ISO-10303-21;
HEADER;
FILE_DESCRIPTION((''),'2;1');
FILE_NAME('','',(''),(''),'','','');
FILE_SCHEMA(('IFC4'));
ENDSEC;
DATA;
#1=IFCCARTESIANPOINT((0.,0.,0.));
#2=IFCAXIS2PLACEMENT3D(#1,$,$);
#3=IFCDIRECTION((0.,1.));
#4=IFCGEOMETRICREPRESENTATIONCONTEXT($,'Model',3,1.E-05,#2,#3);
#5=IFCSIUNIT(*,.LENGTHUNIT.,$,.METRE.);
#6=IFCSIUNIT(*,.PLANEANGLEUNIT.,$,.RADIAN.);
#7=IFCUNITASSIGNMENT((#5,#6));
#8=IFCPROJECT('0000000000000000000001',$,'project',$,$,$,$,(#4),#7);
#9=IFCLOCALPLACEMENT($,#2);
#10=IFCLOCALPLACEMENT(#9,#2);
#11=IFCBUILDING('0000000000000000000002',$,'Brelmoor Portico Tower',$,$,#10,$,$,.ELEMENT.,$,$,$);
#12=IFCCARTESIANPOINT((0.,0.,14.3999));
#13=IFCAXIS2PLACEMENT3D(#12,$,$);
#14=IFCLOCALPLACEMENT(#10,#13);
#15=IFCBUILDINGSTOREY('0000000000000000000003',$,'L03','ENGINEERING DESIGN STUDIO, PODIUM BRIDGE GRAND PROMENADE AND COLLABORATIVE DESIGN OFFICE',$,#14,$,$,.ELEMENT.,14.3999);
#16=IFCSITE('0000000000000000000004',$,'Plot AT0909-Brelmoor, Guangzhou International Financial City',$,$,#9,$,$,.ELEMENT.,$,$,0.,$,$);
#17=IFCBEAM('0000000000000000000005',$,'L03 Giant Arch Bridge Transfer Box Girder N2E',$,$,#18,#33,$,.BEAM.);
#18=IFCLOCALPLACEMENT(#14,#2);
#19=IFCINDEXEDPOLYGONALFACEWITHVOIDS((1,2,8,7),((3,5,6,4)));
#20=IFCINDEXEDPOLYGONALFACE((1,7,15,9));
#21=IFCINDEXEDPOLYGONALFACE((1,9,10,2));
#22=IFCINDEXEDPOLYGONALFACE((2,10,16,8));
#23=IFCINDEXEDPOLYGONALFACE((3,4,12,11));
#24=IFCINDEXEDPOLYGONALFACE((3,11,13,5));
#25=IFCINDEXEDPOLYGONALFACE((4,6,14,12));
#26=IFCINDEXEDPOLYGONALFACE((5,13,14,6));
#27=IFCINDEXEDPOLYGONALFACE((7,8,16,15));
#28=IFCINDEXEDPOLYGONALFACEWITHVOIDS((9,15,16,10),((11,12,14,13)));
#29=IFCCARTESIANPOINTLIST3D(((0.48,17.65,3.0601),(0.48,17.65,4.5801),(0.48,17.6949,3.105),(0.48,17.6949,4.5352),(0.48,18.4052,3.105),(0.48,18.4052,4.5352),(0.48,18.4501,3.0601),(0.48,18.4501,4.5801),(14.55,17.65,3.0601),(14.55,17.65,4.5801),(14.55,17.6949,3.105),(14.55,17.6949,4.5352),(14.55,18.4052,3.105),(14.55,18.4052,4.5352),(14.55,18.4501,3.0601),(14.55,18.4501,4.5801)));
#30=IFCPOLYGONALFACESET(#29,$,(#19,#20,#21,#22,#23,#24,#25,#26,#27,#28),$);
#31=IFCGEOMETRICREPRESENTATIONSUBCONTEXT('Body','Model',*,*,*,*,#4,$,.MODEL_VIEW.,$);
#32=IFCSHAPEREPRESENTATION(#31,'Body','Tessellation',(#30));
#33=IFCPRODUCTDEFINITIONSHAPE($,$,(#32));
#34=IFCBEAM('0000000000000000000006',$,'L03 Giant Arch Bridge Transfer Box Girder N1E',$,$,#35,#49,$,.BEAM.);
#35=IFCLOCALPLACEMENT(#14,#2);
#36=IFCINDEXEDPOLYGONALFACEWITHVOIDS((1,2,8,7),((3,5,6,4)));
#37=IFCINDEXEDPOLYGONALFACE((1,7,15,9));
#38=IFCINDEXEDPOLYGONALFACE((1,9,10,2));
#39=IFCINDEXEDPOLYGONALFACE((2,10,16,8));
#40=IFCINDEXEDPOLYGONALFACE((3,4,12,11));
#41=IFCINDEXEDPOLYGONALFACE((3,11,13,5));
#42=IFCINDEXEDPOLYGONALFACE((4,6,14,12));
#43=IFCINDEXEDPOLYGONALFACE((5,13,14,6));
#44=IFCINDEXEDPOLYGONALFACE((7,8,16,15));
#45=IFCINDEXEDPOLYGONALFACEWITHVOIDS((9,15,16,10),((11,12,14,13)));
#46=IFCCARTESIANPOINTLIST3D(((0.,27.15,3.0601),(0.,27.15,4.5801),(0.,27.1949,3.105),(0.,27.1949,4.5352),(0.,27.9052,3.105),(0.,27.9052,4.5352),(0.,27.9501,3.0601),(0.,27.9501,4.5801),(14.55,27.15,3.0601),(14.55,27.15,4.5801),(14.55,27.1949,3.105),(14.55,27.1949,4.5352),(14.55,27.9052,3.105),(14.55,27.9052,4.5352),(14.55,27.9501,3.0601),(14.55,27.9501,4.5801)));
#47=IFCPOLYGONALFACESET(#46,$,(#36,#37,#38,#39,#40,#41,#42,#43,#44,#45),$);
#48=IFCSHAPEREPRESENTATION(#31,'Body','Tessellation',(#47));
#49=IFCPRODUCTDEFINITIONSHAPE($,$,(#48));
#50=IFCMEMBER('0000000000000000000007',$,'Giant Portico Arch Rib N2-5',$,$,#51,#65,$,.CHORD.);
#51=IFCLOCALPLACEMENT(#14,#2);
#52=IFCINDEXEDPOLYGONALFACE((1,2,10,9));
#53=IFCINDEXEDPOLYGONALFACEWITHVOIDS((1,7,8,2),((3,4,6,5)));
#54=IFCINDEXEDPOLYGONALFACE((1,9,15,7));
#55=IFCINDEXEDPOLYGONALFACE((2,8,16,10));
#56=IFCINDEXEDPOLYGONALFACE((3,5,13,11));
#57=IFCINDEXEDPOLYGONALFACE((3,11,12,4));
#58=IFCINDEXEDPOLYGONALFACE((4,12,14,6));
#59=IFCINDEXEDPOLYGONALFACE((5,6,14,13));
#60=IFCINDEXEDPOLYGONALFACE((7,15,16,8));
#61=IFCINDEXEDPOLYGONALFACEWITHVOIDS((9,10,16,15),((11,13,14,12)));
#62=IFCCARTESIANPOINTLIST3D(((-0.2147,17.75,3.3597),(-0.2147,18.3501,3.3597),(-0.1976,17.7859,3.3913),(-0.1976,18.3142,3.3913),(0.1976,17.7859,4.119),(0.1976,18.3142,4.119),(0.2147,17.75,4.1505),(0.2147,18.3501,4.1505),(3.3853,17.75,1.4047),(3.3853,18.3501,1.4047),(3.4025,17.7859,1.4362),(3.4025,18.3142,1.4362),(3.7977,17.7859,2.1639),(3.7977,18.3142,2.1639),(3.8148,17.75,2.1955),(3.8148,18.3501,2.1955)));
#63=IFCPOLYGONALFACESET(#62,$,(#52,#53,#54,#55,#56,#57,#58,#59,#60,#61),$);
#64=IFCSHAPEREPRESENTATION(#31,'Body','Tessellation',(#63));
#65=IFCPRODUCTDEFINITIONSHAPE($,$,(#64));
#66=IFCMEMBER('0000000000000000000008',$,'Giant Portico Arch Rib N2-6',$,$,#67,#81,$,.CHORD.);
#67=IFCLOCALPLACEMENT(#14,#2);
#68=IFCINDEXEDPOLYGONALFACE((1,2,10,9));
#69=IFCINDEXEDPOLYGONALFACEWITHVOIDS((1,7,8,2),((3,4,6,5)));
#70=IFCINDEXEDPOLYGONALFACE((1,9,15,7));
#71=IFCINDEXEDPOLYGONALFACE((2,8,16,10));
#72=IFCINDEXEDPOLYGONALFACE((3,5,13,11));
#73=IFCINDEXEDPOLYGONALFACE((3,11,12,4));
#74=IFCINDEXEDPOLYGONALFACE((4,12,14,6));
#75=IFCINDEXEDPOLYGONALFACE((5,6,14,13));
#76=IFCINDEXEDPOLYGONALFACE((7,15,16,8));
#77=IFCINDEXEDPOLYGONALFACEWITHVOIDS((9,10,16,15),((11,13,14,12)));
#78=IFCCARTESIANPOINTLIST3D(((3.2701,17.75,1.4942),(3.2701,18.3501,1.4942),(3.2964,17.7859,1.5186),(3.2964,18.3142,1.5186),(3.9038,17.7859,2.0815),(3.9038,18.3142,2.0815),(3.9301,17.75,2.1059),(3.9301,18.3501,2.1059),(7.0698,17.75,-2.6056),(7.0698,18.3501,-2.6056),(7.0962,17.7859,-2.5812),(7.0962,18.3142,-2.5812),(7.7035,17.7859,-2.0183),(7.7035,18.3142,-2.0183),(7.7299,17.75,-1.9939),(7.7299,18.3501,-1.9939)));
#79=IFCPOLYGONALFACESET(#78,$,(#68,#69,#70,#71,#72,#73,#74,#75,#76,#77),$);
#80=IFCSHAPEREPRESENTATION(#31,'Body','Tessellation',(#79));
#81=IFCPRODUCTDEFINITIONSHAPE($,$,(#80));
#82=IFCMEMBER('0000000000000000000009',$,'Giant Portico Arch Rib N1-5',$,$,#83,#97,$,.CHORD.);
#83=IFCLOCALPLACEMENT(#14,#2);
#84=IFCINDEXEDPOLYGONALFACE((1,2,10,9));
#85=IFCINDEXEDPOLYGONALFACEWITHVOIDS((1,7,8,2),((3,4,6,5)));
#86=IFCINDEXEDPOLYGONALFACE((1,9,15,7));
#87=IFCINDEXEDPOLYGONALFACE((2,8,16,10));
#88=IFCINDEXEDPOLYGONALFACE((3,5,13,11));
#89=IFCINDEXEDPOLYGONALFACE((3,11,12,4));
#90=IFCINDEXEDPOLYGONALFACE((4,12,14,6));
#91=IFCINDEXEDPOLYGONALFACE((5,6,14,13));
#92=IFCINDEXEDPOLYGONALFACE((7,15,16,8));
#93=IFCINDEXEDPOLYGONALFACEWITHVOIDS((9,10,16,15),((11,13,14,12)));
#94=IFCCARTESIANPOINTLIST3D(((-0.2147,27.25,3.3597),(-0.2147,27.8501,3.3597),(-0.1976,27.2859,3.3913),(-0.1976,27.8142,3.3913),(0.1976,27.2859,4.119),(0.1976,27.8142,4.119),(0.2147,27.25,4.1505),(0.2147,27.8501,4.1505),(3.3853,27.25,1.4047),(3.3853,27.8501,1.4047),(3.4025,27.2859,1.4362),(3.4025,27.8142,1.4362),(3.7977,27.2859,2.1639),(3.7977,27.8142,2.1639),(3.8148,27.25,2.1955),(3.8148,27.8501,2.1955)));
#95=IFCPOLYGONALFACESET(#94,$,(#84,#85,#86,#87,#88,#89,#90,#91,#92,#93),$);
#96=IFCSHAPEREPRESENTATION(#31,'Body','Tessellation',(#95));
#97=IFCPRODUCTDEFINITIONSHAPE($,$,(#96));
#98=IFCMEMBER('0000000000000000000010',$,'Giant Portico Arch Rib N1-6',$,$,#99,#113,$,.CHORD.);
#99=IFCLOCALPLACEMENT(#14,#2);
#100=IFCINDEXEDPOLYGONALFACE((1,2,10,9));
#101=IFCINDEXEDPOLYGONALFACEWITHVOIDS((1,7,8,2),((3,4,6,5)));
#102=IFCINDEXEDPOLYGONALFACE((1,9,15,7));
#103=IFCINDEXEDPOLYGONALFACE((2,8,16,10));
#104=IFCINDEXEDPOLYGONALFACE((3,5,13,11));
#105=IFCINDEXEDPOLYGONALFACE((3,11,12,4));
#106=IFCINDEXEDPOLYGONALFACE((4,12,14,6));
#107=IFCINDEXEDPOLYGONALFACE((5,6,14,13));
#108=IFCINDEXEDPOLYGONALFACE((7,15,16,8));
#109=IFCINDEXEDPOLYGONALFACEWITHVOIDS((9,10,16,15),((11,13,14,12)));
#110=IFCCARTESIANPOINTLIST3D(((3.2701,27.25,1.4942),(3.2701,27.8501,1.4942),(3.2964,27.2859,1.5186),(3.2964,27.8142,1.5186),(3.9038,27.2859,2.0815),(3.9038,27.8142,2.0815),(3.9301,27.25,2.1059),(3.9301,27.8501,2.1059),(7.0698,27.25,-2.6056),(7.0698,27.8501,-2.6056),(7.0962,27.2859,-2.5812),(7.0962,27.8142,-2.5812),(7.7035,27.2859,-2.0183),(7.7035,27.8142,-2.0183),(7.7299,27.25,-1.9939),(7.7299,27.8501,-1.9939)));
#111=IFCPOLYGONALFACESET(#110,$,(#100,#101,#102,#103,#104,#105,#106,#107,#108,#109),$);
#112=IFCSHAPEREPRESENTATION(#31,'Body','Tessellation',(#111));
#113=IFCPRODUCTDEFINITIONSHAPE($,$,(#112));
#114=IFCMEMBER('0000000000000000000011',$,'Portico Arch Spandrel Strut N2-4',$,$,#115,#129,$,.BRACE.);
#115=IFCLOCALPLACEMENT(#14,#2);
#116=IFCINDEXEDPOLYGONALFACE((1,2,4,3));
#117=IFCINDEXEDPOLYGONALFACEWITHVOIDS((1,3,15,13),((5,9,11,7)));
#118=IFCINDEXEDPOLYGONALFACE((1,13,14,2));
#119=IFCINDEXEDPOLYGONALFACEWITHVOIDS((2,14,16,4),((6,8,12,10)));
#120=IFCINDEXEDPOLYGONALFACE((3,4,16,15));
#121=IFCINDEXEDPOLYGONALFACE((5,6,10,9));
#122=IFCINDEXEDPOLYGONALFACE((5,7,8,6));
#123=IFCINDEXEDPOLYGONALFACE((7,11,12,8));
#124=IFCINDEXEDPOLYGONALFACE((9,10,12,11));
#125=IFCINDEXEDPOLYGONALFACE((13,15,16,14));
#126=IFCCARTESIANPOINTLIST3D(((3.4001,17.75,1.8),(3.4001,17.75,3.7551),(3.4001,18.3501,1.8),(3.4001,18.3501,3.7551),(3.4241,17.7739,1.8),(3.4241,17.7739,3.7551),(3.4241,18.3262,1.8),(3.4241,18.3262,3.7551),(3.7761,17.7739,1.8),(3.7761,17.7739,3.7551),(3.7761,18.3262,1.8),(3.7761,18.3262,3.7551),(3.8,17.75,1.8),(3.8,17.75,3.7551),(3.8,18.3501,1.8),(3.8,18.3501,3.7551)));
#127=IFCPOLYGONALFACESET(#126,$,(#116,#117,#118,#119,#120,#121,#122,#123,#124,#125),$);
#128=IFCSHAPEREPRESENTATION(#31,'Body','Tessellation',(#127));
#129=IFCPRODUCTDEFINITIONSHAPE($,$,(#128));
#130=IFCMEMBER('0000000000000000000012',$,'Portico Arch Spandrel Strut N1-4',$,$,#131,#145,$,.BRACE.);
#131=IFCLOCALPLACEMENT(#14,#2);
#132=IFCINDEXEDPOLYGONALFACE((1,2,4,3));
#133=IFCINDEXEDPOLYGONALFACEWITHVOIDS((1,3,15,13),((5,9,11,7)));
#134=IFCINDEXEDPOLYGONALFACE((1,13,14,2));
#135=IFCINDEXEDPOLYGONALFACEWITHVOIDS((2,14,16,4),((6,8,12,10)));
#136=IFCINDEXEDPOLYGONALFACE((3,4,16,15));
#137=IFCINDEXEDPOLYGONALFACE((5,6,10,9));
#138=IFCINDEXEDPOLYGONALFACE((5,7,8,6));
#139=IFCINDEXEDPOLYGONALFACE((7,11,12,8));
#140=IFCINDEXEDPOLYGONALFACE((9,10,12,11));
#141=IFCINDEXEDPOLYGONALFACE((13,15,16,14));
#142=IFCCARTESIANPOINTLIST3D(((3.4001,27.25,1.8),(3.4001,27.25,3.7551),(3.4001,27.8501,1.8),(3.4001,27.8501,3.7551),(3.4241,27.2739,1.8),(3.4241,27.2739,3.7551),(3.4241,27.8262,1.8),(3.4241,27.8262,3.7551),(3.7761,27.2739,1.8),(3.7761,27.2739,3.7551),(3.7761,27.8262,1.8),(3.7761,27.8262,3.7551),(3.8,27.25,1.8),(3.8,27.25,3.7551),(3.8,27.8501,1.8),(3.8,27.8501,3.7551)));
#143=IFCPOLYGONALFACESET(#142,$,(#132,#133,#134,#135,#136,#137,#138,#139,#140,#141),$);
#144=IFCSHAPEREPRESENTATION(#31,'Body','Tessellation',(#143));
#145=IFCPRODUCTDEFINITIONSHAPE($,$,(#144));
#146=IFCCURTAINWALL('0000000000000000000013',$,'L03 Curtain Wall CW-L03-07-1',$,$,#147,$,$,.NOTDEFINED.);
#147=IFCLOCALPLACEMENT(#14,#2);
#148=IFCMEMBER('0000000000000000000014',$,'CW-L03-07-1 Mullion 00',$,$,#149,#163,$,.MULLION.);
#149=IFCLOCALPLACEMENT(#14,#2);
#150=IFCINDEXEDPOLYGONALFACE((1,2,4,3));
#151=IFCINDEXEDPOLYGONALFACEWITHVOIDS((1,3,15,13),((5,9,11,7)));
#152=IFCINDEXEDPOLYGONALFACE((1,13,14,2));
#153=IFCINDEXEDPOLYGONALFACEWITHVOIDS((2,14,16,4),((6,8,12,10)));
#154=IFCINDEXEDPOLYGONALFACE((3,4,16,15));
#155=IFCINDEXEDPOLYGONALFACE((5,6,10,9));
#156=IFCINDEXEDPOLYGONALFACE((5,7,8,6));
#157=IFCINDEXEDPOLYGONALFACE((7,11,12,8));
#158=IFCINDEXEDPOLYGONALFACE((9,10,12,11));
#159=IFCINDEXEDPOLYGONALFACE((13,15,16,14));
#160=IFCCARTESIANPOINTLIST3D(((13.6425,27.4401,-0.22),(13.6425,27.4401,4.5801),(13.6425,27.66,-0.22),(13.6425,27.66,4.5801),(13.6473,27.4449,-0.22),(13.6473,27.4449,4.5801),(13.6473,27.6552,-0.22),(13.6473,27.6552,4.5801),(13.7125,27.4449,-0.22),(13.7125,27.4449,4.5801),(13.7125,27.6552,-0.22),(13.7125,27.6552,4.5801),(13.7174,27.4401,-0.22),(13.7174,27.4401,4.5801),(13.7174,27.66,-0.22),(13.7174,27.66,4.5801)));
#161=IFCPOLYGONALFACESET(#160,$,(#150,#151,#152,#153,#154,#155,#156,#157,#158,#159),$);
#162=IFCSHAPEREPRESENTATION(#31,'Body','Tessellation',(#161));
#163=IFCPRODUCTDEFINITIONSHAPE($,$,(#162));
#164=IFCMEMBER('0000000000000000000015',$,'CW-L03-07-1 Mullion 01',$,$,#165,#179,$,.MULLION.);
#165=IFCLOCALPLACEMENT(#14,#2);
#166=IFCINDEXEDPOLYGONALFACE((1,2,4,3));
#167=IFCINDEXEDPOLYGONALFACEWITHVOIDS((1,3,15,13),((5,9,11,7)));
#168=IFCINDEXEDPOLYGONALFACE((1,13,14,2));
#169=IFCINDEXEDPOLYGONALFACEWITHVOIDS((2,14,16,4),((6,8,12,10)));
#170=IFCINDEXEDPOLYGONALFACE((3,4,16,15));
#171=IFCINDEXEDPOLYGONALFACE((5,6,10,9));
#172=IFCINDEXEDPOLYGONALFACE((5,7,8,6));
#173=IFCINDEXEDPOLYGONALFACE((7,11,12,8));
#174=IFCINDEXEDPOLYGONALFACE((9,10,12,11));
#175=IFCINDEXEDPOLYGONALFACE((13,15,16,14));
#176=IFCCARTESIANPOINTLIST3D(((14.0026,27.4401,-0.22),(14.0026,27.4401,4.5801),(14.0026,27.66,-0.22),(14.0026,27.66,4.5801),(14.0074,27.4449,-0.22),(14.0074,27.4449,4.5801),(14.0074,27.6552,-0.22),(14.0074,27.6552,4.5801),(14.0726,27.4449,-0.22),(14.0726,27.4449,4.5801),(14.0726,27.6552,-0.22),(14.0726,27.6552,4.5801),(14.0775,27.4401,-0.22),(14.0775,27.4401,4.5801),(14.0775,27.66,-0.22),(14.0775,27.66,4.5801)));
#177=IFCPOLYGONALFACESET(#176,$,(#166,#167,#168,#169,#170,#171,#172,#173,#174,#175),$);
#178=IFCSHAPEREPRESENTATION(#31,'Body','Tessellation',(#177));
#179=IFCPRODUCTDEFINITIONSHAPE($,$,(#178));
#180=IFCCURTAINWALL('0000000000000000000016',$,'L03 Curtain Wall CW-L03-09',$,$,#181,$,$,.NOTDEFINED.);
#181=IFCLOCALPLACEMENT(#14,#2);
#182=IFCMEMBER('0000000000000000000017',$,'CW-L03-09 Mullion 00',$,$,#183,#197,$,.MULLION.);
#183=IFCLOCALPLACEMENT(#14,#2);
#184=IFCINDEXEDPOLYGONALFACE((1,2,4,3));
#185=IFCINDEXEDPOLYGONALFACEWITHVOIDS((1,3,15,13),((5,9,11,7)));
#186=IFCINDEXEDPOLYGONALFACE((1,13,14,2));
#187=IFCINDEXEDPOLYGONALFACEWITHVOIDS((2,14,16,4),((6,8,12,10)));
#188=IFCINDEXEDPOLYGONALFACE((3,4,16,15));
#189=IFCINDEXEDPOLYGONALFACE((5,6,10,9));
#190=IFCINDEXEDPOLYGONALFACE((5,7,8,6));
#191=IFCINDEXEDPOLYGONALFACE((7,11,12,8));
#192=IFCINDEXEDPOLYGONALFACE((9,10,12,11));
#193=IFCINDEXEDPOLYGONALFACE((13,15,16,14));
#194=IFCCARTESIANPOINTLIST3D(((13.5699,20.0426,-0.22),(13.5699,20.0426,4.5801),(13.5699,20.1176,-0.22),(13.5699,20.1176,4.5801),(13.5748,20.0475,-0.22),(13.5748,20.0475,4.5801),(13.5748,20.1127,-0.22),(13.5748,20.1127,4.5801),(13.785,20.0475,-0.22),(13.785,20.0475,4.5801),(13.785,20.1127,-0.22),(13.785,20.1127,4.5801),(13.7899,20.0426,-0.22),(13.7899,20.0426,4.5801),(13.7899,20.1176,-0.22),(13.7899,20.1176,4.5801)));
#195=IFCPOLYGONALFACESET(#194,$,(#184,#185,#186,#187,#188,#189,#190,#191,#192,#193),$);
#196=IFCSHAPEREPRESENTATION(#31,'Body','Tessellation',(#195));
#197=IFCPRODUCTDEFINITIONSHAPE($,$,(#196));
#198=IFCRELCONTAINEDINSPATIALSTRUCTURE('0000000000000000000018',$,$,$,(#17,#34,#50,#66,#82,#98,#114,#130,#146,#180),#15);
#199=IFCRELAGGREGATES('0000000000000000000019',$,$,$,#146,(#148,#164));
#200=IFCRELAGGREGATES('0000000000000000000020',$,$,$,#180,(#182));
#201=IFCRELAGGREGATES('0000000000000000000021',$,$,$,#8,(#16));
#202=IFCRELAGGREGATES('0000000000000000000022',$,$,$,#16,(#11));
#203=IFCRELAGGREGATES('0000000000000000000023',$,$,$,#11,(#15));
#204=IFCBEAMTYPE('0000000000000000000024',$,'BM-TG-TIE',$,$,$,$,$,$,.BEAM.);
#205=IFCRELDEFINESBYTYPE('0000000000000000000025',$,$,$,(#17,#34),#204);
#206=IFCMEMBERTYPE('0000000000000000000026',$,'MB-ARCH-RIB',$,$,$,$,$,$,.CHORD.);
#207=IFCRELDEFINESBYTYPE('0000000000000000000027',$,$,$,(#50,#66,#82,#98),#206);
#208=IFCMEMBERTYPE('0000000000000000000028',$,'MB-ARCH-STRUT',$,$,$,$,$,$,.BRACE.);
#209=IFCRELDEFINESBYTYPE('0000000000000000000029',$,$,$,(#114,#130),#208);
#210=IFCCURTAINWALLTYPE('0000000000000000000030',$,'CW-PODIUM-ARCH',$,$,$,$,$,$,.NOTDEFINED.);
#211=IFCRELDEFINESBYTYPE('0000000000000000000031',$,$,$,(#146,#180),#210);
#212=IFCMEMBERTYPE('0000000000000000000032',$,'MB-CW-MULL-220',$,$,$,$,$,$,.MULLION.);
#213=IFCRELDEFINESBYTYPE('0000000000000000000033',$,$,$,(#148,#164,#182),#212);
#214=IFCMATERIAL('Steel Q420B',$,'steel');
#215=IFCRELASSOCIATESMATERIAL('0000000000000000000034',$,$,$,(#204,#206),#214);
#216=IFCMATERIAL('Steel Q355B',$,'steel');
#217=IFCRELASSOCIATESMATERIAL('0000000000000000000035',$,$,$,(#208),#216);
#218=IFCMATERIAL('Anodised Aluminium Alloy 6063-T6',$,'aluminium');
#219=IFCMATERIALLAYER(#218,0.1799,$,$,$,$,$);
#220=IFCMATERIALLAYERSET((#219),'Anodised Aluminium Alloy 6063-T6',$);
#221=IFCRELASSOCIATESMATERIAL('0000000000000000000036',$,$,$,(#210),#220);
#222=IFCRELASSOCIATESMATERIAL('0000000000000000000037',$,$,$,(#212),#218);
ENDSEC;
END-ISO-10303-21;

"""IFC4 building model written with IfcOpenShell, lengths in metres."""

from ifc_helpers import new_model, si_unit, direction, frame, origin, origin_2d, place, context, subcontext, project, spatial, hollow_rectangle, extrude, material, layer, layer_set, material_profile, profile_set, type_object, element, aggregate, save


model = new_model("IFC4")

# Units and contexts
model_context = context("Model", 3, precision=1e-05, world=origin(), true_north=direction((0.0, 1.0)))
body_context = subcontext(model_context, "Body", "Model", "MODEL_VIEW")
ifc_project = project(units=[si_unit("LENGTHUNIT", "METRE"), si_unit("PLANEANGLEUNIT", "RADIAN")], contexts=[model_context])

# Site, building, storey
site_placement = place(None, origin())
site = spatial("IfcSite", under=ifc_project, at=site_placement, Name="Plot AT0909-Brelmoor, Guangzhou International Financial City", CompositionType="ELEMENT", RefElevation=0.0)
building_placement = place(site_placement, origin())
building = spatial("IfcBuilding", under=site, at=building_placement, Name="Brelmoor Portico Tower", CompositionType="ELEMENT")
storey_placement = place(building_placement, frame((0.0, 0.0, 14.3999)))
storey = spatial("IfcBuildingStorey", under=building, at=storey_placement, Name="L03", Description="ENGINEERING DESIGN STUDIO, PODIUM BRIDGE GRAND PROMENADE AND COLLABORATIVE DESIGN OFFICE", CompositionType="ELEMENT", Elevation=14.3999)

# Beams
ifc_material_1 = material(Name="Steel Q420B", Category="steel")
ifc_material_profile_1 = material_profile(ifc_material_1, hollow_rectangle(XDim=0.8, YDim=1.52, WallThickness=0.0449, at=origin_2d()), Name="BOX 800x1520x45")
ifc_profile_set_1 = profile_set([ifc_material_profile_1], Name="Steel Q420B")
beam_type = type_object("IfcBeamType", Name="BM-TG-TIE", PredefinedType="BEAM", material=ifc_profile_set_1)
beam_1_placement = place(storey_placement, frame((0.48, 18.05, 3.8201), z_axis=(1.0, 0.0, 0.0), x_axis=(0.0, 1.0, 0.0)))
element("IfcBeam", 1, at=beam_1_placement, inside=storey, type_object=beam_type, Name="L03 Giant Arch Bridge Transfer Box Girder N2E", PredefinedType="BEAM", context=body_context, shape_type="SweptSolid", body=[
    extrude(hollow_rectangle(XDim=0.8, YDim=1.52, WallThickness=0.0449, at=origin_2d()), origin(), (0.0, 0.0, 1.0), 14.0701),
])
beam_2_placement = place(storey_placement, frame((0.0, 27.55, 3.8201), z_axis=(1.0, 0.0, 0.0), x_axis=(0.0, 1.0, 0.0)))
element("IfcBeam", 2, at=beam_2_placement, inside=storey, type_object=beam_type, Name="L03 Giant Arch Bridge Transfer Box Girder N1E", PredefinedType="BEAM", context=body_context, shape_type="SweptSolid", body=[
    extrude(hollow_rectangle(XDim=0.8, YDim=1.52, WallThickness=0.0449, at=origin_2d()), origin(), (0.0, 0.0, 1.0), 14.55),
])

# Members
ifc_material_profile_2 = material_profile(ifc_material_1, hollow_rectangle(XDim=0.6001, YDim=0.8999, WallThickness=0.0359, at=origin_2d()), Name="RHS 600x900x36")
ifc_profile_set_2 = profile_set([ifc_material_profile_2], Name="Steel Q420B")
member_type_1 = type_object("IfcMemberType", Name="MB-ARCH-RIB", PredefinedType="CHORD", material=ifc_profile_set_2)
member_1_placement = place(storey_placement, frame((0.0, 18.05, 3.7551), z_axis=(0.878778, 0.0, -0.477231), x_axis=(0.0, 1.0, 0.0)))
element("IfcMember", 3, at=member_1_placement, inside=storey, type_object=member_type_1, Name="Giant Portico Arch Rib N2-5", PredefinedType="CHORD", context=body_context, shape_type="SweptSolid", body=[
    extrude(hollow_rectangle(XDim=0.6001, YDim=0.8999, WallThickness=0.0359, at=origin_2d()), origin(), (0.0, 0.0, 1.0), 4.0967),
])
member_2_placement = place(storey_placement, frame((3.6001, 18.05, 1.8), z_axis=(0.679759, 0.0, -0.733436), x_axis=(0.0, 1.0, 0.0)))
element("IfcMember", 4, at=member_2_placement, inside=storey, type_object=member_type_1, Name="Giant Portico Arch Rib N2-6", PredefinedType="CHORD", context=body_context, shape_type="SweptSolid", body=[
    extrude(hollow_rectangle(XDim=0.6001, YDim=0.8999, WallThickness=0.0359, at=origin_2d()), origin(), (0.0, 0.0, 1.0), 5.5898),
])
member_3_placement = place(storey_placement, frame((0.0, 27.55, 3.7551), z_axis=(0.878778, 0.0, -0.477231), x_axis=(0.0, 1.0, 0.0)))
element("IfcMember", 5, at=member_3_placement, inside=storey, type_object=member_type_1, Name="Giant Portico Arch Rib N1-5", PredefinedType="CHORD", context=body_context, shape_type="SweptSolid", body=[
    extrude(hollow_rectangle(XDim=0.6001, YDim=0.8999, WallThickness=0.0359, at=origin_2d()), origin(), (0.0, 0.0, 1.0), 4.0967),
])
member_4_placement = place(storey_placement, frame((3.6001, 27.55, 1.8), z_axis=(0.679759, 0.0, -0.733436), x_axis=(0.0, 1.0, 0.0)))
element("IfcMember", 6, at=member_4_placement, inside=storey, type_object=member_type_1, Name="Giant Portico Arch Rib N1-6", PredefinedType="CHORD", context=body_context, shape_type="SweptSolid", body=[
    extrude(hollow_rectangle(XDim=0.6001, YDim=0.8999, WallThickness=0.0359, at=origin_2d()), origin(), (0.0, 0.0, 1.0), 5.5898),
])
ifc_material_2 = material(Name="Steel Q355B", Category="steel")
ifc_material_profile_3 = material_profile(ifc_material_2, hollow_rectangle(XDim=0.3999, YDim=0.6001, WallThickness=0.0239, at=origin_2d()), Name="RHS 400x600x24")
ifc_profile_set_3 = profile_set([ifc_material_profile_3], Name="Steel Q355B")
member_type_2 = type_object("IfcMemberType", Name="MB-ARCH-STRUT", PredefinedType="BRACE", material=ifc_profile_set_3)
for number, where, z_axis, x_axis, name in (
    (7, (3.6001, 18.05, 1.8), (0.0, 0.0, 1.0), (1.0, 0.0, 0.0), "Portico Arch Spandrel Strut N2-4"),
    (8, (3.6001, 27.55, 1.8), (0.0, 0.0, 1.0), (1.0, 0.0, 0.0), "Portico Arch Spandrel Strut N1-4"),
):
    element("IfcMember", number, at=place(storey_placement, frame(where, z_axis=z_axis, x_axis=x_axis)), inside=storey, type_object=member_type_2, Name=name, PredefinedType="BRACE", context=body_context, shape_type="SweptSolid", body=[
        extrude(hollow_rectangle(XDim=0.3999, YDim=0.6001, WallThickness=0.0239, at=origin_2d()), origin(), (0.0, 0.0, 1.0), 1.9551),
    ])

# Curtain walls, members
ifc_material_3 = material(Name="Anodised Aluminium Alloy 6063-T6", Category="aluminium")
ifc_layer_1 = layer(ifc_material_3, 0.1799)
ifc_layer_set_1 = layer_set([ifc_layer_1], Name="Anodised Aluminium Alloy 6063-T6")
curtain_wall_type = type_object("IfcCurtainWallType", Name="CW-PODIUM-ARCH", PredefinedType="NOTDEFINED", material=ifc_layer_set_1)
curtain_wall_1_placement = place(storey_placement, origin())
curtain_wall_1 = element("IfcCurtainWall", 9, at=curtain_wall_1_placement, inside=storey, type_object=curtain_wall_type, Name="L03 Curtain Wall CW-L03-07-1", PredefinedType="NOTDEFINED")
ifc_material_profile_4 = material_profile(ifc_material_3, hollow_rectangle(XDim=0.075, YDim=0.22, WallThickness=0.0049, at=origin_2d()), Name="ALU MULLION 75x220")
ifc_profile_set_4 = profile_set([ifc_material_profile_4], Name="Anodised Aluminium Alloy 6063-T6")
member_type_3 = type_object("IfcMemberType", Name="MB-CW-MULL-220", PredefinedType="MULLION", material=ifc_profile_set_4)
member_5_placement = place(storey_placement, frame((13.6799, 27.55, -0.22), z_axis=(0.0, 0.0, 1.0), x_axis=(1.0, 0.0, 0.0)))
member_5 = element("IfcMember", 10, at=member_5_placement, type_object=member_type_3, Name="CW-L03-07-1 Mullion 00", PredefinedType="MULLION", context=body_context, shape_type="SweptSolid", body=[
    extrude(hollow_rectangle(XDim=0.075, YDim=0.22, WallThickness=0.0049, at=origin_2d()), origin(), (0.0, 0.0, 1.0), 4.8),
])
member_6_placement = place(storey_placement, frame((14.04, 27.55, -0.22), z_axis=(0.0, 0.0, 1.0), x_axis=(1.0, 0.0, 0.0)))
member_6 = element("IfcMember", 11, at=member_6_placement, type_object=member_type_3, Name="CW-L03-07-1 Mullion 01", PredefinedType="MULLION", context=body_context, shape_type="SweptSolid", body=[
    extrude(hollow_rectangle(XDim=0.075, YDim=0.22, WallThickness=0.0049, at=origin_2d()), origin(), (0.0, 0.0, 1.0), 4.8),
])
curtain_wall_2_placement = place(storey_placement, origin())
curtain_wall_2 = element("IfcCurtainWall", 12, at=curtain_wall_2_placement, inside=storey, type_object=curtain_wall_type, Name="L03 Curtain Wall CW-L03-09", PredefinedType="NOTDEFINED")
member_7_placement = place(storey_placement, frame((13.6799, 20.0801, -0.22), z_axis=(0.0, 0.0, 1.0), x_axis=(0.0, 1.0, 0.0)))
member_7 = element("IfcMember", 13, at=member_7_placement, type_object=member_type_3, Name="CW-L03-09 Mullion 00", PredefinedType="MULLION", context=body_context, shape_type="SweptSolid", body=[
    extrude(hollow_rectangle(XDim=0.075, YDim=0.22, WallThickness=0.0049, at=origin_2d()), origin(), (0.0, 0.0, 1.0), 4.8),
])

aggregate(curtain_wall_1, [member_5, member_6])
aggregate(curtain_wall_2, [member_7])

save(model, "model.ifc")
